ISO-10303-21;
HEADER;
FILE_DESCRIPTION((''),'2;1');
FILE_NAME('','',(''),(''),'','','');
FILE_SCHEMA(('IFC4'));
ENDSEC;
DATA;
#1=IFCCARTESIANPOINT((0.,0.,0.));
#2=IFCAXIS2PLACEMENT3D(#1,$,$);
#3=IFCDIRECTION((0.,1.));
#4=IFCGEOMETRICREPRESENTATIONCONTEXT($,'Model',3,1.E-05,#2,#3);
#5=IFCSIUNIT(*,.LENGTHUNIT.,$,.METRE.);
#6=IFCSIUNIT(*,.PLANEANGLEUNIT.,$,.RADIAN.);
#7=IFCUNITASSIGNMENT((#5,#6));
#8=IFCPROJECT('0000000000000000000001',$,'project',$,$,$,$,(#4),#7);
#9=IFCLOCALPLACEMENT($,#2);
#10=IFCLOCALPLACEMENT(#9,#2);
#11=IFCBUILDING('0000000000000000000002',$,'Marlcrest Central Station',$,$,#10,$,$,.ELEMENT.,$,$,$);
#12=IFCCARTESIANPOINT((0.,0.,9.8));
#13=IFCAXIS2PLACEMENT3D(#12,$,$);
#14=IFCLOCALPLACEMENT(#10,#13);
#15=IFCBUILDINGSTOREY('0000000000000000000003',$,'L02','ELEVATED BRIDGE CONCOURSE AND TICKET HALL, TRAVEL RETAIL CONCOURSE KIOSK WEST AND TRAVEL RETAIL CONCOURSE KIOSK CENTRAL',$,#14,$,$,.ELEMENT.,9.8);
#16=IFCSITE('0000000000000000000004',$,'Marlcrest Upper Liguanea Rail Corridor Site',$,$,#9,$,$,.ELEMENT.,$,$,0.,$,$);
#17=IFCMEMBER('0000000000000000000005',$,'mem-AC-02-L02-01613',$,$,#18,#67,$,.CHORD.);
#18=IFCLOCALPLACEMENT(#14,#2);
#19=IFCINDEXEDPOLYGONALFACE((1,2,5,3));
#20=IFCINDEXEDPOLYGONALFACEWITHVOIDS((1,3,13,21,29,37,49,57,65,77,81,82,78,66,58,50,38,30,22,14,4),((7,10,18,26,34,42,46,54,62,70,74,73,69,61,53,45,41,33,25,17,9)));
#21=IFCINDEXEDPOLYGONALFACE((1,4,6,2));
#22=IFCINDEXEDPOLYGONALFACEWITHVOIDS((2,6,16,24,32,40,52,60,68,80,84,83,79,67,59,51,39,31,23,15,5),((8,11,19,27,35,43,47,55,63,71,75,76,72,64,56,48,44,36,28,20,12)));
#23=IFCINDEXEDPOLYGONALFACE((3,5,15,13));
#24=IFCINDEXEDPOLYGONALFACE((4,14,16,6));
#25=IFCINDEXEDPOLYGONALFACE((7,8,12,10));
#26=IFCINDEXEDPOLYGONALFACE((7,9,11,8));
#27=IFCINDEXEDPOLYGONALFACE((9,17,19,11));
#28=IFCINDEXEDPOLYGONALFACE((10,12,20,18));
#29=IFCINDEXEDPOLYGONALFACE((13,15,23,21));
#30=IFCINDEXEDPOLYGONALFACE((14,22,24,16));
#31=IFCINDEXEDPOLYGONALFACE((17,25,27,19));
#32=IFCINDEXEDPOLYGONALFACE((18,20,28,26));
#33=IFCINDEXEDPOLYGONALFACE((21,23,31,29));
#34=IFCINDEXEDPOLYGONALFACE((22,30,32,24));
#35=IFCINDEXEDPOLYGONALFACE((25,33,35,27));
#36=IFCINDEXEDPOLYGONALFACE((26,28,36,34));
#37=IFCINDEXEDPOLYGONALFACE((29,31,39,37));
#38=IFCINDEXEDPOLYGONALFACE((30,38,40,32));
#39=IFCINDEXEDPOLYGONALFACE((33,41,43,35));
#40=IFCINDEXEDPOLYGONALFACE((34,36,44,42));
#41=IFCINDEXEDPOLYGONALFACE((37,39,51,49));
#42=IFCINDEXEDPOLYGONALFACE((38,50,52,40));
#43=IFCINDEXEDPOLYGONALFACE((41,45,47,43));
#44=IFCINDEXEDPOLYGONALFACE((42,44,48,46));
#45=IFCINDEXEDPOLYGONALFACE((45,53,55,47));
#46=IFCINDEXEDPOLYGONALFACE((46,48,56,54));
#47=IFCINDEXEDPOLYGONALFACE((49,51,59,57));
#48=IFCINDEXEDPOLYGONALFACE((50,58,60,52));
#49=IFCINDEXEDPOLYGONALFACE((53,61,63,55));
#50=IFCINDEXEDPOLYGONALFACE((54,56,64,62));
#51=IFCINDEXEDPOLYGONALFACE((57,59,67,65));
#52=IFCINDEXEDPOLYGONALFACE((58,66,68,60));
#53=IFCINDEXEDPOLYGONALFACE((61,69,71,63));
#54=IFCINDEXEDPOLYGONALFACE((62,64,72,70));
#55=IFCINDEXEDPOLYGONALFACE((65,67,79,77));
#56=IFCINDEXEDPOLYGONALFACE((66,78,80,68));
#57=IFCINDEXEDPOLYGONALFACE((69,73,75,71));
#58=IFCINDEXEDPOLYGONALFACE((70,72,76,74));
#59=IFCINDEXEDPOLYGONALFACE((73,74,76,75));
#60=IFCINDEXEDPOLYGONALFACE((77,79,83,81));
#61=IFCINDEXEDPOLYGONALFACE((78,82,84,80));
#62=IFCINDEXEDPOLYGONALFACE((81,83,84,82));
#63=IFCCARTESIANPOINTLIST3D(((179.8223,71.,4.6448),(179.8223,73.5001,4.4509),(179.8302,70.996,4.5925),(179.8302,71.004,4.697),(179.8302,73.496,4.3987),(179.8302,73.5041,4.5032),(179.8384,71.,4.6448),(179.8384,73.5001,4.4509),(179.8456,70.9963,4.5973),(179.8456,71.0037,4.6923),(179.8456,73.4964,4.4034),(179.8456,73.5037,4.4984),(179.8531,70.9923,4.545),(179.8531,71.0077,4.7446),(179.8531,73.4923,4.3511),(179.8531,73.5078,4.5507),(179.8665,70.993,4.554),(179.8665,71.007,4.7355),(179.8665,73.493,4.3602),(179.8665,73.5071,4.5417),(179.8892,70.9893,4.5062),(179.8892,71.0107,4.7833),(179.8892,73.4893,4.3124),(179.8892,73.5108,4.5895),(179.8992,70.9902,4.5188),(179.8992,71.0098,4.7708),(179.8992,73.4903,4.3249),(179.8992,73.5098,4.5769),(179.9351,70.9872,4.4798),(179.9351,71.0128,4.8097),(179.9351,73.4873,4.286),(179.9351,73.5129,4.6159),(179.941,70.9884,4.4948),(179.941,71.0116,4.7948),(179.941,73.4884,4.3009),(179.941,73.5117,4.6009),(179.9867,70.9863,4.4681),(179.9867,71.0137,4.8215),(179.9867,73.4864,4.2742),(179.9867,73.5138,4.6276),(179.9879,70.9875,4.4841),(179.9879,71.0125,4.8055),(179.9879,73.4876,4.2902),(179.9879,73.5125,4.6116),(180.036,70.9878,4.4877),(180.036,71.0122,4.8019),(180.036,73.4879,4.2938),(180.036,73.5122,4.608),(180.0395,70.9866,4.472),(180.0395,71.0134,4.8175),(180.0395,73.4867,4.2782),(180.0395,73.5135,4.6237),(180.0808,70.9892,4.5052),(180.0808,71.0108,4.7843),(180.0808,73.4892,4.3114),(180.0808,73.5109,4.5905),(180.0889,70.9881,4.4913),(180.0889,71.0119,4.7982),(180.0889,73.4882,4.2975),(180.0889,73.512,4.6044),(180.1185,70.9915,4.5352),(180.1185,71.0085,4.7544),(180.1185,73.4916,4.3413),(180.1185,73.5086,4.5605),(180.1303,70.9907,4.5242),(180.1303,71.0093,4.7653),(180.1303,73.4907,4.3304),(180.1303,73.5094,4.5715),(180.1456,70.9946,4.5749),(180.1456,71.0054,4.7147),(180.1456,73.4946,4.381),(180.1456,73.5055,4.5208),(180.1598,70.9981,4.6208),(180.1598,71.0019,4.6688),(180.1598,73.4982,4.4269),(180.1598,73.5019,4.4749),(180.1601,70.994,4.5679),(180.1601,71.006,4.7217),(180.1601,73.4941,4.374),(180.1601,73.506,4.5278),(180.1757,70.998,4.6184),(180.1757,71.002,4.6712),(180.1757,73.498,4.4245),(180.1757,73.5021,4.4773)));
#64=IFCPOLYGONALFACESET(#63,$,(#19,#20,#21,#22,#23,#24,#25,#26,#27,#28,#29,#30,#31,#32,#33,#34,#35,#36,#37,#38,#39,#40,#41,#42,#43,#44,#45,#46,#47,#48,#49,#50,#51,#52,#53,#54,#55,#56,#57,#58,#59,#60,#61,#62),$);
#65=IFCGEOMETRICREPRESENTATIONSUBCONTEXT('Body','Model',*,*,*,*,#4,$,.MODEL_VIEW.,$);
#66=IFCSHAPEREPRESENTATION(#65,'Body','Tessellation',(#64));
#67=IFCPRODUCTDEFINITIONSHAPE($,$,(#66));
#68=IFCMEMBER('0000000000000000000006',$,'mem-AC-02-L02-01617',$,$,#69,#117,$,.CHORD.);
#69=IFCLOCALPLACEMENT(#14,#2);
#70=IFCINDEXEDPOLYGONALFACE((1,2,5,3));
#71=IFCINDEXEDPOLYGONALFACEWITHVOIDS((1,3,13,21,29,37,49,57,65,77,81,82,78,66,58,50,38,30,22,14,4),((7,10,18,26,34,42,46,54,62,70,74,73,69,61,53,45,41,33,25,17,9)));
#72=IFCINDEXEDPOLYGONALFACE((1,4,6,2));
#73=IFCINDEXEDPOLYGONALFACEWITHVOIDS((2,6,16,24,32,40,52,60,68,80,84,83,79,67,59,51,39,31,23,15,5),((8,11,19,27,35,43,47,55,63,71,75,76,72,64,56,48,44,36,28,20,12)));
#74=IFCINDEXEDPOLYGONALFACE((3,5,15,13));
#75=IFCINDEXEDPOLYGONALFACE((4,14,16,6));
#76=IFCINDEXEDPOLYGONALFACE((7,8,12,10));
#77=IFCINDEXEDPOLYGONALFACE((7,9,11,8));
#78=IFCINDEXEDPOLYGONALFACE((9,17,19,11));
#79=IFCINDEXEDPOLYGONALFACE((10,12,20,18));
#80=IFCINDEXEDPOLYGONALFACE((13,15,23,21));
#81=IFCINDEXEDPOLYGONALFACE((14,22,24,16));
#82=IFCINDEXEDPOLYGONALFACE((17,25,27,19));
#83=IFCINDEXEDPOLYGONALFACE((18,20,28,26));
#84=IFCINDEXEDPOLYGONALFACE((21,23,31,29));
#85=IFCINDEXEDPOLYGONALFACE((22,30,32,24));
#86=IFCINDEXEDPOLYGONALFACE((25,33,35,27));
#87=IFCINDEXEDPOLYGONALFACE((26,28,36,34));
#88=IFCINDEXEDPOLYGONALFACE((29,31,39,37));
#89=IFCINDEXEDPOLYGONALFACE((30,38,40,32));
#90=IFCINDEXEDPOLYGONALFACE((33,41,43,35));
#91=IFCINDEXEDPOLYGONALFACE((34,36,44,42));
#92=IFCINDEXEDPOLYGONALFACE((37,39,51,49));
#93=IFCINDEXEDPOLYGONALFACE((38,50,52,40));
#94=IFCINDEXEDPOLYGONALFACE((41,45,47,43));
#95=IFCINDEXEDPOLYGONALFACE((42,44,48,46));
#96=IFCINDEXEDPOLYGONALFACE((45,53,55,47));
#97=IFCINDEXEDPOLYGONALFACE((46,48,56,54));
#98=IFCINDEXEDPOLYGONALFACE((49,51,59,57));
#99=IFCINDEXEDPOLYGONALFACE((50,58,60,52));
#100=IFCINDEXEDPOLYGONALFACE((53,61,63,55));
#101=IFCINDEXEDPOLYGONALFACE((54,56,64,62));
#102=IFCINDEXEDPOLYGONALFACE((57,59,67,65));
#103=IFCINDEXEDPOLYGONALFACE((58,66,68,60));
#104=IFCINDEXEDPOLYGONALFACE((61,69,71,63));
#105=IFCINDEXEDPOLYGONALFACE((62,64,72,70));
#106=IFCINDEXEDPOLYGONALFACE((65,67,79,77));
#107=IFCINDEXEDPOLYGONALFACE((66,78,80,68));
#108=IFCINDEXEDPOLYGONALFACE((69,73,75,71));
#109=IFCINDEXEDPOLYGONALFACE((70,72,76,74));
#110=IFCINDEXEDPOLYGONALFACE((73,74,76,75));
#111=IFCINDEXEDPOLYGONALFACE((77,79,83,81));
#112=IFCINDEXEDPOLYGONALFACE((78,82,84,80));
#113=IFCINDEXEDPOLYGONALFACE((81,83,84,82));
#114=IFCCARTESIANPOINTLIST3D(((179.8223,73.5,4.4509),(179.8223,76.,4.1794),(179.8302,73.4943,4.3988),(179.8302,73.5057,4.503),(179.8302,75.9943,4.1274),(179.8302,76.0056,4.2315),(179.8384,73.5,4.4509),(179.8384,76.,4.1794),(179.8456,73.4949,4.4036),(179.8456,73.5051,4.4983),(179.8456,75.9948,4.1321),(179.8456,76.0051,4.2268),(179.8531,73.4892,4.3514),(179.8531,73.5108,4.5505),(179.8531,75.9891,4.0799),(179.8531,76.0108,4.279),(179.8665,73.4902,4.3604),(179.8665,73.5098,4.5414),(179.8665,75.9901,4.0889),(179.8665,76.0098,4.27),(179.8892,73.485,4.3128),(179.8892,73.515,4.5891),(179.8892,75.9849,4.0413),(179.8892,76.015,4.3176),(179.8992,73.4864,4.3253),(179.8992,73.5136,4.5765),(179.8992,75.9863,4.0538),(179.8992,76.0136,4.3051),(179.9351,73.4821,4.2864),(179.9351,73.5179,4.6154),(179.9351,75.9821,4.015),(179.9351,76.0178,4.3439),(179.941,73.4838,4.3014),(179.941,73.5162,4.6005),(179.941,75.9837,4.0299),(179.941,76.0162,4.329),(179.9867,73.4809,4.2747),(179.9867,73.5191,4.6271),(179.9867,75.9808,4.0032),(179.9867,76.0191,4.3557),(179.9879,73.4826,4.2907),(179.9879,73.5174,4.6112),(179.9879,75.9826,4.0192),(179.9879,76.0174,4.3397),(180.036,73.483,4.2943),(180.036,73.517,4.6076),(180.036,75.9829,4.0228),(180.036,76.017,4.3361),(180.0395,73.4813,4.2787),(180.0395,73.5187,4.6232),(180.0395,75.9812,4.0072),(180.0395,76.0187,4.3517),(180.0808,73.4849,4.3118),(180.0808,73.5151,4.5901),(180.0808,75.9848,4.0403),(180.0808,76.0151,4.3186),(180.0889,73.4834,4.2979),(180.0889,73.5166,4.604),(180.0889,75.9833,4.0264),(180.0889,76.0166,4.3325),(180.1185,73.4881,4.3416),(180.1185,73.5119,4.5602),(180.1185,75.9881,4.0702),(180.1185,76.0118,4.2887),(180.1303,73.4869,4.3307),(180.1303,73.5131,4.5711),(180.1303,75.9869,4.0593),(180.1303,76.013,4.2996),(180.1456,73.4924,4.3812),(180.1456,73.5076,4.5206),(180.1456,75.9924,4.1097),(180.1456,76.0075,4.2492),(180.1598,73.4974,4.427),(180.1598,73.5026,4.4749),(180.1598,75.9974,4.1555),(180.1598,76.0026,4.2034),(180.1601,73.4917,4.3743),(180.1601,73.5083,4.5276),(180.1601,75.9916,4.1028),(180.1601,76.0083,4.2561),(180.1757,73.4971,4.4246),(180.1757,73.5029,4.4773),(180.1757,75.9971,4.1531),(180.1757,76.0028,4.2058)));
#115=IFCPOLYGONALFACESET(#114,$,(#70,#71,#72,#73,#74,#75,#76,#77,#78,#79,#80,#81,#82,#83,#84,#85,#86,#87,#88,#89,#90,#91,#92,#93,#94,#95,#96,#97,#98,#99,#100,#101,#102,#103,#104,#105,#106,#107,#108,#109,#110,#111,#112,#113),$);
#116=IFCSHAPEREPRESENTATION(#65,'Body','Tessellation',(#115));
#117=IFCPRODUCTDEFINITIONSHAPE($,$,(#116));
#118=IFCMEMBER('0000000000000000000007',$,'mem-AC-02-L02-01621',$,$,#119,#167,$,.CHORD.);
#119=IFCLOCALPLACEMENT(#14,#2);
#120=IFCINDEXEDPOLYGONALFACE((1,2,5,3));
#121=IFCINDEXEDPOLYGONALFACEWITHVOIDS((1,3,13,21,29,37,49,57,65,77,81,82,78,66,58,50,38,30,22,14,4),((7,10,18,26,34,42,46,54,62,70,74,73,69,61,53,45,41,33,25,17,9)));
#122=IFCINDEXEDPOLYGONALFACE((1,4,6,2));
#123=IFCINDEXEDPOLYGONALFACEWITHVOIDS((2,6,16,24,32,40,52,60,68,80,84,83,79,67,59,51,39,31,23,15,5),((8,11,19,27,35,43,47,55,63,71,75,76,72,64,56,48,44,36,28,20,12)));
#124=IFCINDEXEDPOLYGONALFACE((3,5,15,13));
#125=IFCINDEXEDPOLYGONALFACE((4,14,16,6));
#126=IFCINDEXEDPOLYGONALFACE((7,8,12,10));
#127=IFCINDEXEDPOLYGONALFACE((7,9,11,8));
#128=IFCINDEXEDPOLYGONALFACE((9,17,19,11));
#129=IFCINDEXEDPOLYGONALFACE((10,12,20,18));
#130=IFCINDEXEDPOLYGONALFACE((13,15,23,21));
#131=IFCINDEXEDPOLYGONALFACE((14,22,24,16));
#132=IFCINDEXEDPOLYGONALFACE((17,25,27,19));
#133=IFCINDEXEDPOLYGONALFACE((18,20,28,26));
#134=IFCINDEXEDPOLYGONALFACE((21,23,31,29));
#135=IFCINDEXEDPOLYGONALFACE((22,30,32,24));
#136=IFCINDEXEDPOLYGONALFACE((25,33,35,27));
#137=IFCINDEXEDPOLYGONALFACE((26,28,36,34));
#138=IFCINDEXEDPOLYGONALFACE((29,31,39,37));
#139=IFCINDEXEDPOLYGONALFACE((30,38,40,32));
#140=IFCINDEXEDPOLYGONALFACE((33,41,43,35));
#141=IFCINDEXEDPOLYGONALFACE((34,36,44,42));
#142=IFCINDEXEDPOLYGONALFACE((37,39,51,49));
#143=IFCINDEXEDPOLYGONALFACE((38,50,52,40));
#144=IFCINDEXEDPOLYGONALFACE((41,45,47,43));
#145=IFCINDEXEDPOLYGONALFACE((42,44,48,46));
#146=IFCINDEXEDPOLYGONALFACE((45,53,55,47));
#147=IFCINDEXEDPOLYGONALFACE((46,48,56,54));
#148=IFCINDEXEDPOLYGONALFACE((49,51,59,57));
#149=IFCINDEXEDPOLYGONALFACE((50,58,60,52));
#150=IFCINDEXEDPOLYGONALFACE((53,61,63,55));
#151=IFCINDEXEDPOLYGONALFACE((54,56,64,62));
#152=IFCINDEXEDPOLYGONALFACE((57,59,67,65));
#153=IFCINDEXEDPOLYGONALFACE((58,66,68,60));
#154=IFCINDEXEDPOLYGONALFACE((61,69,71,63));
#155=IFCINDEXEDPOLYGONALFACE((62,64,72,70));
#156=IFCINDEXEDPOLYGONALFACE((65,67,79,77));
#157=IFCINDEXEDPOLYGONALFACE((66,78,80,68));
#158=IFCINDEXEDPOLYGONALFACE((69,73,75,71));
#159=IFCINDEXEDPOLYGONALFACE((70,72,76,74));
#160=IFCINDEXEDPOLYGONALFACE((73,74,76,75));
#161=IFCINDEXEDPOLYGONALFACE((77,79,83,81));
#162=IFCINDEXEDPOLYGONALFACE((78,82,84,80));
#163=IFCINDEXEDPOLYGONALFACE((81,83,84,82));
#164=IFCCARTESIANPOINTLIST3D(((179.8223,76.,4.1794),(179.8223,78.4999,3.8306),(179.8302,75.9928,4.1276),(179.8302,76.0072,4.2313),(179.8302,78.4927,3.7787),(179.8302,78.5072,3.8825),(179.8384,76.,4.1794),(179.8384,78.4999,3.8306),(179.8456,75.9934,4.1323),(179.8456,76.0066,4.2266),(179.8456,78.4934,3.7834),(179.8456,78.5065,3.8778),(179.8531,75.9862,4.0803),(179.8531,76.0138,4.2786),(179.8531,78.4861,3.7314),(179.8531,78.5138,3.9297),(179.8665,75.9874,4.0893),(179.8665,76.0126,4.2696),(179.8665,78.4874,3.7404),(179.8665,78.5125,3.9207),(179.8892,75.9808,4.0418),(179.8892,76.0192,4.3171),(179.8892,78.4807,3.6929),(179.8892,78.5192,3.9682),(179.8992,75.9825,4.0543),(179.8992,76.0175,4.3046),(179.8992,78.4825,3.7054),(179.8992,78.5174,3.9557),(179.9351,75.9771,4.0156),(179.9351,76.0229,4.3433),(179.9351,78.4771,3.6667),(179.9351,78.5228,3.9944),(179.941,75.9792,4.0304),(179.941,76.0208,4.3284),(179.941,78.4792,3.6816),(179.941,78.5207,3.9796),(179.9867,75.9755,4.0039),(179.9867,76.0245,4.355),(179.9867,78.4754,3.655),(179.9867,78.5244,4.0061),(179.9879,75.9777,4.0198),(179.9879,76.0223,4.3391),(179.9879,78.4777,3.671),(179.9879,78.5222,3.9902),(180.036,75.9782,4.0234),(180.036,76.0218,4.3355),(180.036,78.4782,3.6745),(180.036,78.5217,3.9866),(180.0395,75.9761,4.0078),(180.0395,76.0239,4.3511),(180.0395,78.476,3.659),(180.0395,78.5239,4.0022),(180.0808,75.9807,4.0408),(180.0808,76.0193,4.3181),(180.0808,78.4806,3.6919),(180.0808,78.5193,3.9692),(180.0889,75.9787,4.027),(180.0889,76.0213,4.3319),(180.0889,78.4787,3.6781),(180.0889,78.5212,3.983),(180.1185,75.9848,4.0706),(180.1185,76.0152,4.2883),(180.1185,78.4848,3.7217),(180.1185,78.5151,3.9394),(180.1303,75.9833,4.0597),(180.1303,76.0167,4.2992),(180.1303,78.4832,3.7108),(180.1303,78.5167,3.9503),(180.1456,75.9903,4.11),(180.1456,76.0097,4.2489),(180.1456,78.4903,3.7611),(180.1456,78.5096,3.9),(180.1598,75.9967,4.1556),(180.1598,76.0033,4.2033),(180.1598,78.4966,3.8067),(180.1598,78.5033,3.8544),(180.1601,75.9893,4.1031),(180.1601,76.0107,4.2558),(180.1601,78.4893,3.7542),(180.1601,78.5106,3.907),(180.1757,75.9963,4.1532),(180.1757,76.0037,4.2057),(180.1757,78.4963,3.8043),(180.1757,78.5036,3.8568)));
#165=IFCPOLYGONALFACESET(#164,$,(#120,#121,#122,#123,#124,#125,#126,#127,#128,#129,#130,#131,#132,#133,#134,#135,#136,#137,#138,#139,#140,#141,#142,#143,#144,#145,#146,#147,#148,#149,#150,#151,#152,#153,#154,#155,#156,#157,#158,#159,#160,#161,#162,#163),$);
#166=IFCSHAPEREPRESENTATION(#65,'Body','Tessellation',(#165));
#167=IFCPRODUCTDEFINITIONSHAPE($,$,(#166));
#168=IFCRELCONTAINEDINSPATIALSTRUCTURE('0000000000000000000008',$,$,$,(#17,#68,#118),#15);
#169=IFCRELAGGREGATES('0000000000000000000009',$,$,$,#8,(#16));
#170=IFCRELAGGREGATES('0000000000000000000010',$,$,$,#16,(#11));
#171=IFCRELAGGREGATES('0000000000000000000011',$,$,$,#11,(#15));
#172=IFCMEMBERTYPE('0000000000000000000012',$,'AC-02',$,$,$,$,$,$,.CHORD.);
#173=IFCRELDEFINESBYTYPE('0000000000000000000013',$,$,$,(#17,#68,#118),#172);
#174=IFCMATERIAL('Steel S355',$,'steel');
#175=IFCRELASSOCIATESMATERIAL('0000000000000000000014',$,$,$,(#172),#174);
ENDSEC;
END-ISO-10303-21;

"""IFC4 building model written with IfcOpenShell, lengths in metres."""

from ifc_helpers import new_model, si_unit, direction, frame, origin, origin_2d, place, context, subcontext, project, spatial, hollow_circle, extrude, material, material_profile, profile_set, type_object, element, save


model = new_model("IFC4")

# Units and contexts
model_context = context("Model", 3, precision=1e-05, world=origin(), true_north=direction((0.0, 1.0)))
body_context = subcontext(model_context, "Body", "Model", "MODEL_VIEW")
ifc_project = project(units=[si_unit("LENGTHUNIT", "METRE"), si_unit("PLANEANGLEUNIT", "RADIAN")], contexts=[model_context])

# Site, building, storey
site_placement = place(None, origin())
site = spatial("IfcSite", under=ifc_project, at=site_placement, Name="Marlcrest Upper Liguanea Rail Corridor Site", CompositionType="ELEMENT", RefElevation=0.0)
building_placement = place(site_placement, origin())
building = spatial("IfcBuilding", under=site, at=building_placement, Name="Marlcrest Central Station", CompositionType="ELEMENT")
storey_placement = place(building_placement, frame((0.0, 0.0, 9.8)))
storey = spatial("IfcBuildingStorey", under=building, at=storey_placement, Name="L02", Description="ELEVATED BRIDGE CONCOURSE AND TICKET HALL, TRAVEL RETAIL CONCOURSE KIOSK WEST AND TRAVEL RETAIL CONCOURSE KIOSK CENTRAL", CompositionType="ELEMENT", Elevation=9.8)

# Members
ifc_material = material(Name="Steel S355", Category="steel")
ifc_material_profile_1 = material_profile(ifc_material, hollow_circle(Radius=0.1777, WallThickness=0.0161, at=origin_2d()), Name="CHS 355.6x16")
ifc_profile_set_1 = profile_set([ifc_material_profile_1], Name="Steel S355")
member_type_1 = type_object("IfcMemberType", Name="AC-02", PredefinedType="CHORD", material=ifc_profile_set_1)
member_1_placement = place(storey_placement, frame((180.0, 71.0, 4.6448), z_axis=(0.0, 0.997007, -0.077307), x_axis=(-1.0, 0.0, 0.0)))
element("IfcMember", 1, at=member_1_placement, inside=storey, type_object=member_type_1, Name="mem-AC-02-L02-01613", PredefinedType="CHORD", context=body_context, shape_type="SweptSolid", body=[
    extrude(hollow_circle(Radius=0.1777, WallThickness=0.0161, at=origin_2d()), origin(), (0.0, 0.0, 1.0), 2.5076),
])
member_2_placement = place(storey_placement, frame((180.0, 73.5, 4.4509), z_axis=(0.0, 0.994155, -0.107959), x_axis=(-1.0, 0.0, 0.0)))
element("IfcMember", 2, at=member_2_placement, inside=storey, type_object=member_type_1, Name="mem-AC-02-L02-01617", PredefinedType="CHORD", context=body_context, shape_type="SweptSolid", body=[
    extrude(hollow_circle(Radius=0.1777, WallThickness=0.0161, at=origin_2d()), origin(), (0.0, 0.0, 1.0), 2.5146),
])
member_3_placement = place(storey_placement, frame((180.0, 76.0, 4.1794), z_axis=(0.0, 0.990403, -0.138211), x_axis=(-1.0, 0.0, 0.0)))
element("IfcMember", 3, at=member_3_placement, inside=storey, type_object=member_type_1, Name="mem-AC-02-L02-01621", PredefinedType="CHORD", context=body_context, shape_type="SweptSolid", body=[
    extrude(hollow_circle(Radius=0.1777, WallThickness=0.0161, at=origin_2d()), origin(), (0.0, 0.0, 1.0), 2.5242),
])

save(model, "model.ifc")
